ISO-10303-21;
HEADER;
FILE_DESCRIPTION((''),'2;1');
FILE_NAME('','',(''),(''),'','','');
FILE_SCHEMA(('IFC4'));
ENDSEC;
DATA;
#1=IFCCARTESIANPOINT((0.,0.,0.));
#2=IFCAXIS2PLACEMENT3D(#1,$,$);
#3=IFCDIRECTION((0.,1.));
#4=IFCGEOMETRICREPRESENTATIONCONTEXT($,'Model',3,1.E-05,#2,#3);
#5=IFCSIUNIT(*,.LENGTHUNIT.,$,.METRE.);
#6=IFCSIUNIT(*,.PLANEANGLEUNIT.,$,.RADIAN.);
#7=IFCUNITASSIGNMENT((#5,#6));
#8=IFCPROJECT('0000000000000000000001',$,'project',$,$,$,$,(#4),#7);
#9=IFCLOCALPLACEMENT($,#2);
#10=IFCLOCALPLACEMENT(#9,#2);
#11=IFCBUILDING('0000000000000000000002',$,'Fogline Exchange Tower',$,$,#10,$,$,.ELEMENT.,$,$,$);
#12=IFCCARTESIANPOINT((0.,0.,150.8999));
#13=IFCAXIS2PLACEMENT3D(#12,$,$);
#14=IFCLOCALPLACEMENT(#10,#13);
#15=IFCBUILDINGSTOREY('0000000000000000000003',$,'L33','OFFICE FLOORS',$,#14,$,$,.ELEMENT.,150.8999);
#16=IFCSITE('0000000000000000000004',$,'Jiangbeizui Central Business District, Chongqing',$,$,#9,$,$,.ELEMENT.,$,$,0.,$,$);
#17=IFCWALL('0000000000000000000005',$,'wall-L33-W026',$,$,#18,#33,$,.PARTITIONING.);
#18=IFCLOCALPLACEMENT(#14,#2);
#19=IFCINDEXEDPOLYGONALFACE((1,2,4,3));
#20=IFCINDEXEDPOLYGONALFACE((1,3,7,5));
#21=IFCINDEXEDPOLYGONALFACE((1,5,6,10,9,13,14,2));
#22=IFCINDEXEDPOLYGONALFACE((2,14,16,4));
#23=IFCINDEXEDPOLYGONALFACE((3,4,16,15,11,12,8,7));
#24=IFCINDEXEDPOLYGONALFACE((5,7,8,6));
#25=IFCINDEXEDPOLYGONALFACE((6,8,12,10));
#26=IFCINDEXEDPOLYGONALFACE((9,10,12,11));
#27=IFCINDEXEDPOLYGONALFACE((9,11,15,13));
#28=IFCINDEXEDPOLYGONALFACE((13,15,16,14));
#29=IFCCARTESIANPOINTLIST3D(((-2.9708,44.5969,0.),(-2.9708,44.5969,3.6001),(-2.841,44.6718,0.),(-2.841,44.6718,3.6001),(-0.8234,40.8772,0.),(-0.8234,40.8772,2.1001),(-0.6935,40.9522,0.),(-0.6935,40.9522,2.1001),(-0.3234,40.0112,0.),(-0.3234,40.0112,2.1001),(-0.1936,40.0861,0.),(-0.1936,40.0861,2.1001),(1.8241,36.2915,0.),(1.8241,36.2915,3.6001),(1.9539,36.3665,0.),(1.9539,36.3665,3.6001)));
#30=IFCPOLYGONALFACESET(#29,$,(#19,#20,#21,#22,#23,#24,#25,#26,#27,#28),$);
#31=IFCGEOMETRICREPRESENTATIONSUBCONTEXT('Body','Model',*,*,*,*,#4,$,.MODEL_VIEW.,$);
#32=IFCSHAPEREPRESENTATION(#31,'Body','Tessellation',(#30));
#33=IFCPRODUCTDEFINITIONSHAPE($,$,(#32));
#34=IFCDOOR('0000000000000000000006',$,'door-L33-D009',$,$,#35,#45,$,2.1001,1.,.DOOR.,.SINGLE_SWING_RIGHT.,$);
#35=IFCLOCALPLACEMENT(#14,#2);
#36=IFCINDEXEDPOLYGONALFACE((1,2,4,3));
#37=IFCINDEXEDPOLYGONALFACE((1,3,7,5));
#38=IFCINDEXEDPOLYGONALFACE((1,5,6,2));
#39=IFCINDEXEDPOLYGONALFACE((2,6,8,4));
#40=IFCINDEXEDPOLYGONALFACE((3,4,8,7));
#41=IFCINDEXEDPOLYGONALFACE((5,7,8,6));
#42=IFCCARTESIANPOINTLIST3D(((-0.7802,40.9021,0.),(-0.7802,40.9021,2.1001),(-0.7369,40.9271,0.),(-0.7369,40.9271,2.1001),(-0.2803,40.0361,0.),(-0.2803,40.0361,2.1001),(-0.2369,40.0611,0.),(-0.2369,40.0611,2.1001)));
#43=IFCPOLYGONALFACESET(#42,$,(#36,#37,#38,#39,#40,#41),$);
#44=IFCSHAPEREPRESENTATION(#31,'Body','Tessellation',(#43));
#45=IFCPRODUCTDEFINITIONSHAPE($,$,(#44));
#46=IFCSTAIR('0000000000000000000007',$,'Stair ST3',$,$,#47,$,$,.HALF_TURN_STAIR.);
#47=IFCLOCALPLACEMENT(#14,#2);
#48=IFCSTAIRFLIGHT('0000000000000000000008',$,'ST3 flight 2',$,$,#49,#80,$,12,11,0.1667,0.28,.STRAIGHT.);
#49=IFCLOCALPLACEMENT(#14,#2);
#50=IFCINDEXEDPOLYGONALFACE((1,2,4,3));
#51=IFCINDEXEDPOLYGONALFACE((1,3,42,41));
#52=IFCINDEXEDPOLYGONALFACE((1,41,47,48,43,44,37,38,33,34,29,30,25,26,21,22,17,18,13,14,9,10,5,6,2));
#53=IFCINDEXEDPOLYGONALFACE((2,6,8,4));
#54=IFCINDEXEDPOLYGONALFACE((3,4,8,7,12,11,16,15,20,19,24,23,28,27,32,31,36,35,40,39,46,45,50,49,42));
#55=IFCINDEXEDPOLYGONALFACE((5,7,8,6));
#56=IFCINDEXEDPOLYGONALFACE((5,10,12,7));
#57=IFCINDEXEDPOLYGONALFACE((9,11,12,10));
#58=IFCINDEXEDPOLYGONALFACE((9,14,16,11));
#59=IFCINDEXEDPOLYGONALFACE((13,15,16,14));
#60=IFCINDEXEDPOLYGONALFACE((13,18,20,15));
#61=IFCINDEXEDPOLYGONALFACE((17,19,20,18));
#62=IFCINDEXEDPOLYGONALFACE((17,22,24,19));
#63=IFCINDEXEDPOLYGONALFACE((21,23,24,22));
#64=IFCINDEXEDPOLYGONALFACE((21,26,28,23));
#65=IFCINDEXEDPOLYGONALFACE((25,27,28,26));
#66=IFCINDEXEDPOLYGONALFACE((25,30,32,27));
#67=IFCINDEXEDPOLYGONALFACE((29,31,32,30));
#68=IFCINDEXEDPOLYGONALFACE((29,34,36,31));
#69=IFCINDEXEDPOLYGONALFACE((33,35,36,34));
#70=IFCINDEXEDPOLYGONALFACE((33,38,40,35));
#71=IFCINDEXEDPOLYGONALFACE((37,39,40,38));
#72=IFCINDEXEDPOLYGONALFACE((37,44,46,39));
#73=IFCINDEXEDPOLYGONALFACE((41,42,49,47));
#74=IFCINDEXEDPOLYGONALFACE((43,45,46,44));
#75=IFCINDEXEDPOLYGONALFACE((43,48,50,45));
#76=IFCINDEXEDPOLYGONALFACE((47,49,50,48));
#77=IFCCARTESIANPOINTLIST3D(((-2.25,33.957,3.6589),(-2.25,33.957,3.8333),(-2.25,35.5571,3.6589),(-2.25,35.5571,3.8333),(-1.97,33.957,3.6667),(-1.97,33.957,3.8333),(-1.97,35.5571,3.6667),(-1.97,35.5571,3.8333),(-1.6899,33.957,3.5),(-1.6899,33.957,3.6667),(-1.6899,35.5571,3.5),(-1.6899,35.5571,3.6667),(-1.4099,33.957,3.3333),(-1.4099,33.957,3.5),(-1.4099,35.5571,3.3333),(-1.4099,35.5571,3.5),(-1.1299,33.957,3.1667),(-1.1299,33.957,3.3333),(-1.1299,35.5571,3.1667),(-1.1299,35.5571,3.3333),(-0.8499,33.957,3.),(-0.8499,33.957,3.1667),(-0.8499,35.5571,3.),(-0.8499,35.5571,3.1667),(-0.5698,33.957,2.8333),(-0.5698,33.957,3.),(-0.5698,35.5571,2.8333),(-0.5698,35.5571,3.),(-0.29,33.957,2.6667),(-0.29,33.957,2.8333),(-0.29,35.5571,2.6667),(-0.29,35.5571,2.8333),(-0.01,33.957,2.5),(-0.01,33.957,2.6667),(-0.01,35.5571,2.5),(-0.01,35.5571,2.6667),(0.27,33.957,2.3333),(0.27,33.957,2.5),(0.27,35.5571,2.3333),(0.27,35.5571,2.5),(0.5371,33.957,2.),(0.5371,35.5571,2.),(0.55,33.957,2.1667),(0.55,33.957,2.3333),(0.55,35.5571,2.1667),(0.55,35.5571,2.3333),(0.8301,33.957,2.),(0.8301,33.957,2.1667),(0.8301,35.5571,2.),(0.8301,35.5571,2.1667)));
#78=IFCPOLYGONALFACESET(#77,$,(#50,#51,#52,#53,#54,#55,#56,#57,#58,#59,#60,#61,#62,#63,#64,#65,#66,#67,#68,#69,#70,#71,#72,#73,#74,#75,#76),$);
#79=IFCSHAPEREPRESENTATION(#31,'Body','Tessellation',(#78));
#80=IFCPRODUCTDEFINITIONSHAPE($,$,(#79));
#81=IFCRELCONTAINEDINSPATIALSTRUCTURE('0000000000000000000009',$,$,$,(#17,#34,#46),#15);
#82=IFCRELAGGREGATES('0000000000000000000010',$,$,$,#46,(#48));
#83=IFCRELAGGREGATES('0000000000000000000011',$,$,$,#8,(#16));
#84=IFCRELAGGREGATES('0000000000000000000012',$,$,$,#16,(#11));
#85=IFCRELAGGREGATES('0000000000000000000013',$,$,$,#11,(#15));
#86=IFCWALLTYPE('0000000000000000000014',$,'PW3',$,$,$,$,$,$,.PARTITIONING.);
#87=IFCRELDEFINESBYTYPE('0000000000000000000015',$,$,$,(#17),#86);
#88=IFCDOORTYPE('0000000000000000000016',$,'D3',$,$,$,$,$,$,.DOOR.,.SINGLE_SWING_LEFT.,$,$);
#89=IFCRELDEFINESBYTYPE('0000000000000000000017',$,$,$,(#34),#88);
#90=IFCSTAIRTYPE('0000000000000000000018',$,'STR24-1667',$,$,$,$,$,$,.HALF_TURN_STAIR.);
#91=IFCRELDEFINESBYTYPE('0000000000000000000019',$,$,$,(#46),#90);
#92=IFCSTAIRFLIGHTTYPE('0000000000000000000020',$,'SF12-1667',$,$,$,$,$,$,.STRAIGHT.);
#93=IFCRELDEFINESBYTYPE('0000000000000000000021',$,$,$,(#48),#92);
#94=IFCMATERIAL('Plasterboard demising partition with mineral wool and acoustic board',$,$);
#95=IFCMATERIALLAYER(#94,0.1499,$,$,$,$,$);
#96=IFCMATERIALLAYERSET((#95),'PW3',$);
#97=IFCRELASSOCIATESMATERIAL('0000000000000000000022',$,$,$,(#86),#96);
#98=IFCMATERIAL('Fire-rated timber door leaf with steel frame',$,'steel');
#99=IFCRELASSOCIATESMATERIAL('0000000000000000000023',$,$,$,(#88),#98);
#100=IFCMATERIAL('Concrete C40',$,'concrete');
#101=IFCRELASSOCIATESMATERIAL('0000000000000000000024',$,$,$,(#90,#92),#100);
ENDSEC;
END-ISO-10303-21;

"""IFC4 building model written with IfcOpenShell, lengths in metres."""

from ifc_helpers import new_model, si_unit, direction, frame, frame_2d, origin, place, context, subcontext, project, spatial, polyline, rectangle, outline, extrude, material, layer, layer_set, type_object, element, fill, aggregate, save


model = new_model("IFC4")

# Units and contexts
model_context = context("Model", 3, precision=1e-05, world=origin(), true_north=direction((0.0, 1.0)))
body_context = subcontext(model_context, "Body", "Model", "MODEL_VIEW")
ifc_project = project(units=[si_unit("LENGTHUNIT", "METRE"), si_unit("PLANEANGLEUNIT", "RADIAN")], contexts=[model_context])

# Site, building, storey
site_placement = place(None, origin())
site = spatial("IfcSite", under=ifc_project, at=site_placement, Name="Jiangbeizui Central Business District, Chongqing", CompositionType="ELEMENT", RefElevation=0.0)
building_placement = place(site_placement, origin())
building = spatial("IfcBuilding", under=site, at=building_placement, Name="Fogline Exchange Tower", CompositionType="ELEMENT")
storey_placement = place(building_placement, frame((0.0, 0.0, 150.8999)))
storey = spatial("IfcBuildingStorey", under=building, at=storey_placement, Name="L33", Description="OFFICE FLOORS", CompositionType="ELEMENT", Elevation=150.8999)

# Shared definitions
ifc_material_1 = material(Name="Concrete C40", Category="concrete")

# Shared definitions
ifc_material_2 = material(Name="Plasterboard demising partition with mineral wool and acoustic board")
ifc_layer_1 = layer(ifc_material_2, 0.1499)
ifc_layer_set_1 = layer_set([ifc_layer_1], Name="PW3")
wall_type_1 = type_object("IfcWallType", Name="PW3", PredefinedType="PARTITIONING", material=ifc_layer_set_1)

# Shared definitions
ifc_material_3 = material(Name="Fire-rated timber door leaf with steel frame", Category="steel")
door_type_1 = type_object("IfcDoorType", Name="D3", OperationType="SINGLE_SWING_LEFT", PredefinedType="DOOR", material=ifc_material_3)

# Wall, opening, door
wall_1_placement = place(storey_placement, frame((1.8889, 36.3291, 0.0), z_axis=(0.0, 0.0, 1.0), x_axis=(-0.499983, 0.866035, 0.0)))
wall_1 = element("IfcWall", 1, at=wall_1_placement, inside=storey, type_object=wall_type_1, Name="wall-L33-W026", PredefinedType="PARTITIONING", context=body_context, shape_type="SweptSolid", body=[
    extrude(rectangle(XDim=9.5901, YDim=0.1499, at=frame_2d((4.7949, 0.0))), origin(), (0.0, 0.0, 1.0), 3.6001),
])
opening_1_placement = place(wall_1_placement, frame((4.2949, 0.0, 0.0)))
opening_1 = element("IfcOpeningElement", 2, at=opening_1_placement, cuts=wall_1, PredefinedType="OPENING", context=body_context, shape_type="SweptSolid", body=[
    extrude(rectangle(XDim=1.0, YDim=2.1001, at=frame_2d((0.5, 1.05))), frame((0.0, 0.085, 0.0), z_axis=(0.0, -1.0, 0.0), x_axis=(1.0, 0.0, 0.0)), (0.0, 0.0, 1.0), 0.1699),
])
door_1_placement = place(opening_1_placement, frame((1.0, 0.0, 0.0), z_axis=(0.0, 0.0, 1.0), x_axis=(-1.0, 0.0, 0.0)))
door_1 = element("IfcDoor", 3, at=door_1_placement, inside=storey, type_object=door_type_1, Name="door-L33-D009", OperationType="SINGLE_SWING_RIGHT", OverallHeight=2.1001, OverallWidth=1.0, PredefinedType="DOOR", context=body_context, shape_type="SweptSolid", body=[
    extrude(rectangle(XDim=1.0, YDim=2.1001, at=frame_2d((0.5, 1.05))), frame((0.0, 0.0249, 0.0), z_axis=(0.0, -1.0, 0.0), x_axis=(1.0, 0.0, 0.0)), (0.0, 0.0, 1.0), 0.05),
])
fill(opening_1, door_1)

# Stair, stair flight
stair_type = type_object("IfcStairType", Name="STR24-1667", PredefinedType="HALF_TURN_STAIR", material=ifc_material_1)
stair_placement = place(storey_placement, origin())
stair = element("IfcStair", 4, at=stair_placement, inside=storey, type_object=stair_type, Name="Stair ST3", PredefinedType="HALF_TURN_STAIR")
stair_flight_type = type_object("IfcStairFlightType", Name="SF12-1667", PredefinedType="STRAIGHT", material=ifc_material_1)
stair_flight_placement = place(storey_placement, frame((0.8301, 34.7571, 2.0), z_axis=(0.0, 0.0, 1.0), x_axis=(-1.0, 0.0, 0.0)))
stair_flight = element("IfcStairFlight", 5, at=stair_flight_placement, type_object=stair_flight_type, Name="ST3 flight 2", NumberOfRisers=12, NumberOfTreads=11, PredefinedType="STRAIGHT", RiserHeight=0.1667, TreadLength=0.28, context=body_context, shape_type="SweptSolid", body=[
    extrude(outline(polyline([(0.0, 0.0), (0.0, 0.1667), (0.28, 0.1667), (0.28, 0.3333), (0.5601, 0.3333), (0.5601, 0.5), (0.8401, 0.5), (0.8401, 0.6667), (1.1201, 0.6667), (1.1201, 0.8333), (1.3999, 0.8333), (1.3999, 1.0), (1.6799, 1.0), (1.6799, 1.1667), (1.96, 1.1667), (1.96, 1.3333), (2.24, 1.3333), (2.24, 1.5), (2.52, 1.5), (2.52, 1.6667), (2.8, 1.6667), (2.8, 1.8333), (3.0801, 1.8333), (3.0801, 2.0), (3.0801, 1.6589), (0.293, 0.0), (0.0, 0.0)])), frame((0.0, 0.8, 0.0), z_axis=(0.0, -1.0, 0.0), x_axis=(1.0, 0.0, 0.0)), (0.0, 0.0, 1.0), 1.6001),
])
aggregate(stair, [stair_flight])

save(model, "model.ifc")
